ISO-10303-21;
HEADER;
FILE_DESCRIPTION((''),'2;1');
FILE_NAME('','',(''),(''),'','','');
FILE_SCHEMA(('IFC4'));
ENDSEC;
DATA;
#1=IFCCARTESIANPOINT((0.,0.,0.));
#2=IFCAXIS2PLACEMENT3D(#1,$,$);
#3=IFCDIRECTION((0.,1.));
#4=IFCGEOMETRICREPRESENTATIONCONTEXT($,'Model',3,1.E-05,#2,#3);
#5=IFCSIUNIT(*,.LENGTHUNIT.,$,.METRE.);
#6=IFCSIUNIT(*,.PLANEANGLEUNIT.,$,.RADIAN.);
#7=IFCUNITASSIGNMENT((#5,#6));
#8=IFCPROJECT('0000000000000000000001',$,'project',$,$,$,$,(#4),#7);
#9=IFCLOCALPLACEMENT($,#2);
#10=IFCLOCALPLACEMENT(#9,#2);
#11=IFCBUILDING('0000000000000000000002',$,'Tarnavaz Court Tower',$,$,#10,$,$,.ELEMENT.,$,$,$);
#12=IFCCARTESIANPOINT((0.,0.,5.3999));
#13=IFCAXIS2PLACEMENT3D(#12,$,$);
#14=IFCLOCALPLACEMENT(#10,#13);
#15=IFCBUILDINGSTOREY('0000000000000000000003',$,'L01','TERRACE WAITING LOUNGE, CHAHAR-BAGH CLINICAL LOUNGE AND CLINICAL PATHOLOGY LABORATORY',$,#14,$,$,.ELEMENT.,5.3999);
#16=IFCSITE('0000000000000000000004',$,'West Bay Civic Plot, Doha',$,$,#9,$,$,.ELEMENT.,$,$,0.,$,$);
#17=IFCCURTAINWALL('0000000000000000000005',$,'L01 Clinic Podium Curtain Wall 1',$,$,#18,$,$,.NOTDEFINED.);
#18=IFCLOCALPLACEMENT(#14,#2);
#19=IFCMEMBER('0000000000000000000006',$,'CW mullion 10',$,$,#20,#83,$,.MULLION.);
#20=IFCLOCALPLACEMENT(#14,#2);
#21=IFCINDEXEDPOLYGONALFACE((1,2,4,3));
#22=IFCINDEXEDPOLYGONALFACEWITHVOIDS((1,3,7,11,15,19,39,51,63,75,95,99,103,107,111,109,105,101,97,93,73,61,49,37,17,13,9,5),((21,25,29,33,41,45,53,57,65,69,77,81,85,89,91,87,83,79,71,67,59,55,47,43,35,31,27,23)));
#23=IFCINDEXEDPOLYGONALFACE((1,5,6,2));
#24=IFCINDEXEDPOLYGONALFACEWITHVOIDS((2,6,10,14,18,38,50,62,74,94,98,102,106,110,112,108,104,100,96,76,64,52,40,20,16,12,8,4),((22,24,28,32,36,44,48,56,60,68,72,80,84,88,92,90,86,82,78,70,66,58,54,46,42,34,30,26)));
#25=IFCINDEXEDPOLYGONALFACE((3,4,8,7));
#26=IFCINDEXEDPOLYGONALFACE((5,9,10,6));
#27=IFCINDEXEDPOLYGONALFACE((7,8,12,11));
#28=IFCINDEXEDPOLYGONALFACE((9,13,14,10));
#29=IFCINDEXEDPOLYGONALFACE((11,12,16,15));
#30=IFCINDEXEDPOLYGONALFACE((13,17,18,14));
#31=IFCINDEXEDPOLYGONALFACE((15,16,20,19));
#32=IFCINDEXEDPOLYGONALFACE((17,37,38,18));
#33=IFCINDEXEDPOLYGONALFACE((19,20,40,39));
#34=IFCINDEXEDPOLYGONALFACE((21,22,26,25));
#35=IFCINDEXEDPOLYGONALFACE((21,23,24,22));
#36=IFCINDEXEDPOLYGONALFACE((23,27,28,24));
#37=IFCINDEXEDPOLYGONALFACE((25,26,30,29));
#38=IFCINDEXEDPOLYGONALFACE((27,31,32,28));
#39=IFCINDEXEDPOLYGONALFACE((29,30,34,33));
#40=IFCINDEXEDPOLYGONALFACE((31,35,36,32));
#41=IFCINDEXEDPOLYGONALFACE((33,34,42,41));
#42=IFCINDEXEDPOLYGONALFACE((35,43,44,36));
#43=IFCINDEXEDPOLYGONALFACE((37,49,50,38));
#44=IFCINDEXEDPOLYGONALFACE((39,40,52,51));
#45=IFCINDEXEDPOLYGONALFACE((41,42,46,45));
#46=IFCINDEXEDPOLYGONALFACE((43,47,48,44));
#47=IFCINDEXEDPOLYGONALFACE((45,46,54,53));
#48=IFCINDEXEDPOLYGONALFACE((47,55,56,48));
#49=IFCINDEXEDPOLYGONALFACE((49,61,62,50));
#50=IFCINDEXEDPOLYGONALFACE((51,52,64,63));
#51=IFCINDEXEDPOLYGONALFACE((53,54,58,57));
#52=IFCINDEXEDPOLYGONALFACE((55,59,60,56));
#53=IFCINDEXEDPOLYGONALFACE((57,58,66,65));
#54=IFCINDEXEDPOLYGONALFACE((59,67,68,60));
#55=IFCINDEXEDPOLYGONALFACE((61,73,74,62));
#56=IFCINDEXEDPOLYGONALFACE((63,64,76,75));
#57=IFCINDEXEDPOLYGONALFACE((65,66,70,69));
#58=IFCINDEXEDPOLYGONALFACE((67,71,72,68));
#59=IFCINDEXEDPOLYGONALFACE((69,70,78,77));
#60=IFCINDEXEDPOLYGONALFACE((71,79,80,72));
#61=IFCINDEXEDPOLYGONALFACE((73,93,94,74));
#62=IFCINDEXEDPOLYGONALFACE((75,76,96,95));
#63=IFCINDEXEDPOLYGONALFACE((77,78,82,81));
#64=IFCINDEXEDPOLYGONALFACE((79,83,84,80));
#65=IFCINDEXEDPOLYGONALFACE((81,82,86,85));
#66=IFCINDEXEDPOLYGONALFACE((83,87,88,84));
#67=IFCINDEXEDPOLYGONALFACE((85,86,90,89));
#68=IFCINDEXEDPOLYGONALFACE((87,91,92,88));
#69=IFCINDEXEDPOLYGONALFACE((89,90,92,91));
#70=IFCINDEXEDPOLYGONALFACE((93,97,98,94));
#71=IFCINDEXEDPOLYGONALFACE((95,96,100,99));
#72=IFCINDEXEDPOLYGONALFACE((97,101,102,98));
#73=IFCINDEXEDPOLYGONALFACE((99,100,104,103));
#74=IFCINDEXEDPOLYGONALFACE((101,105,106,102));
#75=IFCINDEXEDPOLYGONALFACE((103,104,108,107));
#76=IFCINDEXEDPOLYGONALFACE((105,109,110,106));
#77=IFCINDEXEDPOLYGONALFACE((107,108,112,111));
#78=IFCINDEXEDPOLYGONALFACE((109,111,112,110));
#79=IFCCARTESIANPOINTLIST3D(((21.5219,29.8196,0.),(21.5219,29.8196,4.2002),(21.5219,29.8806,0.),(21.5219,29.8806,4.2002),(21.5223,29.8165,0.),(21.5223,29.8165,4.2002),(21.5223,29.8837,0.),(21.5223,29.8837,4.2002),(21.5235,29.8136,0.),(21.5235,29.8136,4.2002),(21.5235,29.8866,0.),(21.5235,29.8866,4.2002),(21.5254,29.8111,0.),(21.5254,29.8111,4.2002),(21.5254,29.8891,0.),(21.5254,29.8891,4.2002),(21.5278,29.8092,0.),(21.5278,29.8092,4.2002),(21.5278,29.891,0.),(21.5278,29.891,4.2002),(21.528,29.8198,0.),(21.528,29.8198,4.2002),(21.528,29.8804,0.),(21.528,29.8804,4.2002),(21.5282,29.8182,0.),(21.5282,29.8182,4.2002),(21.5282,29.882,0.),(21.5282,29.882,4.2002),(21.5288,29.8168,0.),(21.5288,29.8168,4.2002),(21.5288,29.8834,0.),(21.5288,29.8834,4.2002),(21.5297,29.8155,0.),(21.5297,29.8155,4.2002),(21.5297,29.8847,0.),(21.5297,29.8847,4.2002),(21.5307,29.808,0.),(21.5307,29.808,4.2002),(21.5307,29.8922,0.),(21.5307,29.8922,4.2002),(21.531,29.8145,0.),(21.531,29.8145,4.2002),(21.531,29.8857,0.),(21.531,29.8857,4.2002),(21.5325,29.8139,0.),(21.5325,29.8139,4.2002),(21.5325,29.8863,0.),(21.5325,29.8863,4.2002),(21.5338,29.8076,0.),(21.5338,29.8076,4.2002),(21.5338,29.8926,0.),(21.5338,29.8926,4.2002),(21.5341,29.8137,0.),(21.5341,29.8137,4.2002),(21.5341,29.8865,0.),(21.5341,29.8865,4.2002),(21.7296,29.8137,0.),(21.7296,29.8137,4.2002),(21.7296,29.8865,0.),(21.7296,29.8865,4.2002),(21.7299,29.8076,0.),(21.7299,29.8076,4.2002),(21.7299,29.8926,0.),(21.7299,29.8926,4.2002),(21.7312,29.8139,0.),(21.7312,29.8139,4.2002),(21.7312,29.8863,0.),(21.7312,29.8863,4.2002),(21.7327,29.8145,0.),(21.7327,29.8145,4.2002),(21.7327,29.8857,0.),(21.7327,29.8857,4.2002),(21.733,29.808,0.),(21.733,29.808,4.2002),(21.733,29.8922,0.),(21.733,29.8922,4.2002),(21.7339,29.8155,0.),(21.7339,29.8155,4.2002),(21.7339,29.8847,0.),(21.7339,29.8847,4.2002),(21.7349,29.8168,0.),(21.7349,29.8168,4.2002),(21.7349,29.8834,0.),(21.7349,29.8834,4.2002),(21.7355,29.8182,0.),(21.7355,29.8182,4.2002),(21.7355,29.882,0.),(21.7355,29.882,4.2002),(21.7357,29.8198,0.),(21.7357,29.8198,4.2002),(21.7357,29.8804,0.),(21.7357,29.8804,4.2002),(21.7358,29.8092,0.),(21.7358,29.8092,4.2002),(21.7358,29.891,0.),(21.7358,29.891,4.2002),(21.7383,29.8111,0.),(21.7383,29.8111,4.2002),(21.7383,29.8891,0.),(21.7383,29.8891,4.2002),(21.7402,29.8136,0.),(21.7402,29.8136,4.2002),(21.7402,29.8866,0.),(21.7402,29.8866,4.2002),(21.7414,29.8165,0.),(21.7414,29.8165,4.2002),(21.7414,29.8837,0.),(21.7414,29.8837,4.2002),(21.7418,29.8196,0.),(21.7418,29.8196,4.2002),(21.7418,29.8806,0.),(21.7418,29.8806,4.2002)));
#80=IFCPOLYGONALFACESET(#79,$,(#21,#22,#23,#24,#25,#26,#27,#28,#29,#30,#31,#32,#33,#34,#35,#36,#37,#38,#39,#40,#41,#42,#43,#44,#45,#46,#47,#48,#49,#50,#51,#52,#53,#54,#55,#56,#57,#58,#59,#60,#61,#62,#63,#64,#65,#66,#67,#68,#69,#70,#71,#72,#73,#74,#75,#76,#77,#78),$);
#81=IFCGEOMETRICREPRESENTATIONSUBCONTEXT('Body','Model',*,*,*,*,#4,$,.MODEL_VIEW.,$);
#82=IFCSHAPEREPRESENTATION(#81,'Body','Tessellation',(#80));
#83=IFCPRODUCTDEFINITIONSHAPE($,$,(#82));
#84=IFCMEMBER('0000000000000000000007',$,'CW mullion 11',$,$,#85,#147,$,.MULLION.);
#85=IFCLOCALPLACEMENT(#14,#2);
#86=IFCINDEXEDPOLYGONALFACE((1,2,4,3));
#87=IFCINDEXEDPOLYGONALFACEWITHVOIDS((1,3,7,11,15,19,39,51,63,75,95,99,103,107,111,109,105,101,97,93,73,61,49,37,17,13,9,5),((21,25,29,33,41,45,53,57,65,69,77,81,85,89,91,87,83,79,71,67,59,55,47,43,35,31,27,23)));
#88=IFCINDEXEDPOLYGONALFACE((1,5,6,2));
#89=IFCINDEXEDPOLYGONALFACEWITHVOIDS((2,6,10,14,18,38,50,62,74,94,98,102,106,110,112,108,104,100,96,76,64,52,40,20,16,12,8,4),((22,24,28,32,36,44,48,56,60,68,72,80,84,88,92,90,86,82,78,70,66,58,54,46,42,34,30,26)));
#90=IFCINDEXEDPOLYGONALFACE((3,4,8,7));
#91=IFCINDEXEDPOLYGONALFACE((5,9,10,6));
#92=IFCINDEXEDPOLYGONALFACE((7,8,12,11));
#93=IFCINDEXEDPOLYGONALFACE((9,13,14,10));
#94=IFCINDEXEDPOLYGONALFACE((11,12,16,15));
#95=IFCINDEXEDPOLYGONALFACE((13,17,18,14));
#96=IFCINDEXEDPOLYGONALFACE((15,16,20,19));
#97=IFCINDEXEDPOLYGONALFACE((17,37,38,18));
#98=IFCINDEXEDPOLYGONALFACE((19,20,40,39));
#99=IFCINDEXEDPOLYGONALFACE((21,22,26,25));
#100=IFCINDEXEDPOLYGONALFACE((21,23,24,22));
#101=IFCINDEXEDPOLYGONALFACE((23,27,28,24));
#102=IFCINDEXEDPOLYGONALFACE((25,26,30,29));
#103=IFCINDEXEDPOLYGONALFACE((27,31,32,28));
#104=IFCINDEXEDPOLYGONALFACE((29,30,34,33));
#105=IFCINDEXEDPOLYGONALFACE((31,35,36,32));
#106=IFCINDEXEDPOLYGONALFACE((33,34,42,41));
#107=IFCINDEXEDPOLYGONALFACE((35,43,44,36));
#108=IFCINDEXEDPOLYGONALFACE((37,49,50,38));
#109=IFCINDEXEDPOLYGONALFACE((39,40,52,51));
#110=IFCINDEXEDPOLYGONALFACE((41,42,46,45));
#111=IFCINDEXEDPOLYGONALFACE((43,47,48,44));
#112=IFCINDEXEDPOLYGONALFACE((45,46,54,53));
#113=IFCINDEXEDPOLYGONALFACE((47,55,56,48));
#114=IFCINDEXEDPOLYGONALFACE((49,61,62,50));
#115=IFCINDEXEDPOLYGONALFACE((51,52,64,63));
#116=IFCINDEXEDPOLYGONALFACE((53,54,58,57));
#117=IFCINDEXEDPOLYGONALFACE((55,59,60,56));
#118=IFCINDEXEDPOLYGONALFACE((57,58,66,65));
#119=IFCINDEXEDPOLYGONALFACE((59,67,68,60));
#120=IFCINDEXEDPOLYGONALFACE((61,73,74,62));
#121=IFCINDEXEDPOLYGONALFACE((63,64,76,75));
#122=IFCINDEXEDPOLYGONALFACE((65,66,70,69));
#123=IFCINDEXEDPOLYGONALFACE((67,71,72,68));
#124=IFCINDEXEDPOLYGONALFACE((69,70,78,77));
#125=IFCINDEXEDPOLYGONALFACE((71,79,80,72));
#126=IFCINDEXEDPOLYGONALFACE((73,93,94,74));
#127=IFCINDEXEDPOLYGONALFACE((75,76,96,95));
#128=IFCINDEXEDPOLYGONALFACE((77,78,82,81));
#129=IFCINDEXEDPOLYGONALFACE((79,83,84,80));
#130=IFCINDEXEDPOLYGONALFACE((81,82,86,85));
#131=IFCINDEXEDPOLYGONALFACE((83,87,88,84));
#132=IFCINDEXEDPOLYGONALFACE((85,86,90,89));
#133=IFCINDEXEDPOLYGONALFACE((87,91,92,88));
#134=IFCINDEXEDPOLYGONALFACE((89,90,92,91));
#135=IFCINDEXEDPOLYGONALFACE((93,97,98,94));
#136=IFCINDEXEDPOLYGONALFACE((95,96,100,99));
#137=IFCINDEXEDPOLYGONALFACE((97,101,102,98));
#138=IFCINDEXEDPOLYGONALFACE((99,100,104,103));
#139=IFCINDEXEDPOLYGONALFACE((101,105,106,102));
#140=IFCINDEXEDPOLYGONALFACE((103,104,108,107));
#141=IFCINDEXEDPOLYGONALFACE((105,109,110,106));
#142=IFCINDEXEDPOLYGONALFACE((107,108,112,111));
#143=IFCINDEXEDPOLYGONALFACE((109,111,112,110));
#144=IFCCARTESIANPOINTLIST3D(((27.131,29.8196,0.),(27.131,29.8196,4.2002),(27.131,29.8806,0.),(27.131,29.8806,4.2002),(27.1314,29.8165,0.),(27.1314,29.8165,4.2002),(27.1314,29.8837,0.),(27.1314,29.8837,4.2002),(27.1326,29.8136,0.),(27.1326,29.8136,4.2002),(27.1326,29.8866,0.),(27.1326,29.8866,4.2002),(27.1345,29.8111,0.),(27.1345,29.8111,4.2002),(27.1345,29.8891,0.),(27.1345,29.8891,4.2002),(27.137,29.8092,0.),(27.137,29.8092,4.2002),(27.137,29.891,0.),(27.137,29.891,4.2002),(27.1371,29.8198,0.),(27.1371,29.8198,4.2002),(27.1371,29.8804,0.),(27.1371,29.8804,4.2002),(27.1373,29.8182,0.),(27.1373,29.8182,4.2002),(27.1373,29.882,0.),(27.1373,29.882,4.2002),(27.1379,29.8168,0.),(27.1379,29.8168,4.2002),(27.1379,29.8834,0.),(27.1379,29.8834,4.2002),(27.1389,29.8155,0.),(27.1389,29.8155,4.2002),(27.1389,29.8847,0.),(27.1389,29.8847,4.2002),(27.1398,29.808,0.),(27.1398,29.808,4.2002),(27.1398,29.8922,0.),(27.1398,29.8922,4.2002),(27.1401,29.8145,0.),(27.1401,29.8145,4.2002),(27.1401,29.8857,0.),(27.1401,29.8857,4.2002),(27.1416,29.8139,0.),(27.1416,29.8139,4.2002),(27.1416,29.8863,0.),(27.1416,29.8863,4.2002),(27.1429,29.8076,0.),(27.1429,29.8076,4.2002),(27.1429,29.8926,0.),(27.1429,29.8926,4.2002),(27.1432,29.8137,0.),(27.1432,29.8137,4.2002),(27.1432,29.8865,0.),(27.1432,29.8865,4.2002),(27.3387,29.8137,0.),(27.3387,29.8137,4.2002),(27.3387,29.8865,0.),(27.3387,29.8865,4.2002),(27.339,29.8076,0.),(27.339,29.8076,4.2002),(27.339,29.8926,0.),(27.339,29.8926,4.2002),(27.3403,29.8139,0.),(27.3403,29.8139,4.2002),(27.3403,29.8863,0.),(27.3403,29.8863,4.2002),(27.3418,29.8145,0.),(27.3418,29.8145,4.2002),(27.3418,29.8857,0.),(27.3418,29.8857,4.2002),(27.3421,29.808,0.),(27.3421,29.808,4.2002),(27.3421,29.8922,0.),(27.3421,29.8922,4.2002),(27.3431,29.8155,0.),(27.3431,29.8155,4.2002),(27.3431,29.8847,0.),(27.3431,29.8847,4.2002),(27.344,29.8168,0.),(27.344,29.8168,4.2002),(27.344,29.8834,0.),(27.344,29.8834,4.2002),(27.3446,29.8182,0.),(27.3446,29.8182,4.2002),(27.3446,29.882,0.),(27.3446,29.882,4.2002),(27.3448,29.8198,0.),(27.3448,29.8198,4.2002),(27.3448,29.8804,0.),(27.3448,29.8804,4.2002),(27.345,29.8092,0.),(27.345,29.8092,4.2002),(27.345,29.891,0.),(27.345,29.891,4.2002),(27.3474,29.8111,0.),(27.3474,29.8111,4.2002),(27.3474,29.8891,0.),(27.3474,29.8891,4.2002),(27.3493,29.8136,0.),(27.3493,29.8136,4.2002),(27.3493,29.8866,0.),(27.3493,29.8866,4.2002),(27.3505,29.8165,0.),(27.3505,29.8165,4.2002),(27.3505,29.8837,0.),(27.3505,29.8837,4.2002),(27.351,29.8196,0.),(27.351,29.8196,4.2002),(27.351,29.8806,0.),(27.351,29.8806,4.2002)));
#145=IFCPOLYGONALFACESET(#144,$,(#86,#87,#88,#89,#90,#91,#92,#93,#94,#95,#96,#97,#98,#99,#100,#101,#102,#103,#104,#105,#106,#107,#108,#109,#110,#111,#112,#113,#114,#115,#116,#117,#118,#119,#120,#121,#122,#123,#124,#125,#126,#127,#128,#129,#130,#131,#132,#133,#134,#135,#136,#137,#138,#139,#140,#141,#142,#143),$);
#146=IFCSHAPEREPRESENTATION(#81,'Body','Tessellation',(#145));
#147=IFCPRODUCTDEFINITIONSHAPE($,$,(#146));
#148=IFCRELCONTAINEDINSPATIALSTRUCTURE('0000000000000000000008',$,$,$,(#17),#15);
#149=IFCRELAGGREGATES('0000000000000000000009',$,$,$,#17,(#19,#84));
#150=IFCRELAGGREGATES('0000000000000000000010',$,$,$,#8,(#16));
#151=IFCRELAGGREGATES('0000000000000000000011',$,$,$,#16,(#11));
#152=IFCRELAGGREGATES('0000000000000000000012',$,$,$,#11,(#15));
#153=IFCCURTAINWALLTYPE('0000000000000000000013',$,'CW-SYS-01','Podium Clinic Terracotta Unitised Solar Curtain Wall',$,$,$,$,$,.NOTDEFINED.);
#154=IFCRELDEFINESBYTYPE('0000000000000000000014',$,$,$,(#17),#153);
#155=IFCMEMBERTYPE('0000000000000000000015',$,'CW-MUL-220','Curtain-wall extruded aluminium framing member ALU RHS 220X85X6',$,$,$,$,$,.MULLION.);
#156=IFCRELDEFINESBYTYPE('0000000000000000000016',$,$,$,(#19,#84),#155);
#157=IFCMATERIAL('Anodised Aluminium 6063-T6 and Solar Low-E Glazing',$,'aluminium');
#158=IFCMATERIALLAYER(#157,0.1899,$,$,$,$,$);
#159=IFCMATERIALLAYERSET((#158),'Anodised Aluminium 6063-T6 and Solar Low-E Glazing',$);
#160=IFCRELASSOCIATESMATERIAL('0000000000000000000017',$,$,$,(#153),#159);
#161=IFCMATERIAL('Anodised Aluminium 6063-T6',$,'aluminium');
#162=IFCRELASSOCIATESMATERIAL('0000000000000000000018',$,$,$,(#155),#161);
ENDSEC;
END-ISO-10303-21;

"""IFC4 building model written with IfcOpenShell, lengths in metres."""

from ifc_helpers import new_model, si_unit, direction, frame, origin, origin_2d, place, context, subcontext, project, spatial, hollow_rectangle, extrude, material, layer, layer_set, material_profile, profile_set, type_object, element, aggregate, save


model = new_model("IFC4")

# Units and contexts
model_context = context("Model", 3, precision=1e-05, world=origin(), true_north=direction((0.0, 1.0)))
body_context = subcontext(model_context, "Body", "Model", "MODEL_VIEW")
ifc_project = project(units=[si_unit("LENGTHUNIT", "METRE"), si_unit("PLANEANGLEUNIT", "RADIAN")], contexts=[model_context])

# Site, building, storey
site_placement = place(None, origin())
site = spatial("IfcSite", under=ifc_project, at=site_placement, Name="West Bay Civic Plot, Doha", CompositionType="ELEMENT", RefElevation=0.0)
building_placement = place(site_placement, origin())
building = spatial("IfcBuilding", under=site, at=building_placement, Name="Tarnavaz Court Tower", CompositionType="ELEMENT")
storey_placement = place(building_placement, frame((0.0, 0.0, 5.3999)))
storey = spatial("IfcBuildingStorey", under=building, at=storey_placement, Name="L01", Description="TERRACE WAITING LOUNGE, CHAHAR-BAGH CLINICAL LOUNGE AND CLINICAL PATHOLOGY LABORATORY", CompositionType="ELEMENT", Elevation=5.3999)

# Curtain wall, members
ifc_material_1 = material(Name="Anodised Aluminium 6063-T6 and Solar Low-E Glazing", Category="aluminium")
ifc_layer_1 = layer(ifc_material_1, 0.1899)
ifc_layer_set_1 = layer_set([ifc_layer_1], Name="Anodised Aluminium 6063-T6 and Solar Low-E Glazing")
curtain_wall_type = type_object("IfcCurtainWallType", Name="CW-SYS-01", Description="Podium Clinic Terracotta Unitised Solar Curtain Wall", PredefinedType="NOTDEFINED", material=ifc_layer_set_1)
curtain_wall_placement = place(storey_placement, origin())
curtain_wall = element("IfcCurtainWall", 1, at=curtain_wall_placement, inside=storey, type_object=curtain_wall_type, Name="L01 Clinic Podium Curtain Wall 1", PredefinedType="NOTDEFINED")
ifc_material_2 = material(Name="Anodised Aluminium 6063-T6", Category="aluminium")
ifc_material_profile_1 = material_profile(ifc_material_2, hollow_rectangle(XDim=0.085, YDim=0.22, WallThickness=0.0061, InnerFilletRadius=0.0061, OuterFilletRadius=0.012, at=origin_2d()), Name="ALU RHS 220X85X6")
ifc_profile_set_1 = profile_set([ifc_material_profile_1], Name="Anodised Aluminium 6063-T6")
member_type_1 = type_object("IfcMemberType", Name="CW-MUL-220", Description="Curtain-wall extruded aluminium framing member ALU RHS 220X85X6", PredefinedType="MULLION", material=ifc_profile_set_1)
member_1_placement = place(storey_placement, frame((21.6318, 29.8501, 0.0), z_axis=(0.0, 0.0, 1.0), x_axis=(0.0, 1.0, 0.0)))
member_1 = element("IfcMember", 2, at=member_1_placement, type_object=member_type_1, Name="CW mullion 10", PredefinedType="MULLION", context=body_context, shape_type="SweptSolid", body=[
    extrude(hollow_rectangle(XDim=0.085, YDim=0.22, WallThickness=0.0061, InnerFilletRadius=0.0061, OuterFilletRadius=0.012, at=origin_2d()), origin(), (0.0, 0.0, 1.0), 4.2002),
])
member_2_placement = place(storey_placement, frame((27.241, 29.8501, 0.0), z_axis=(0.0, 0.0, 1.0), x_axis=(0.0, 1.0, 0.0)))
member_2 = element("IfcMember", 3, at=member_2_placement, type_object=member_type_1, Name="CW mullion 11", PredefinedType="MULLION", context=body_context, shape_type="SweptSolid", body=[
    extrude(hollow_rectangle(XDim=0.085, YDim=0.22, WallThickness=0.0061, InnerFilletRadius=0.0061, OuterFilletRadius=0.012, at=origin_2d()), origin(), (0.0, 0.0, 1.0), 4.2002),
])
aggregate(curtain_wall, [member_1, member_2])

save(model, "model.ifc")
